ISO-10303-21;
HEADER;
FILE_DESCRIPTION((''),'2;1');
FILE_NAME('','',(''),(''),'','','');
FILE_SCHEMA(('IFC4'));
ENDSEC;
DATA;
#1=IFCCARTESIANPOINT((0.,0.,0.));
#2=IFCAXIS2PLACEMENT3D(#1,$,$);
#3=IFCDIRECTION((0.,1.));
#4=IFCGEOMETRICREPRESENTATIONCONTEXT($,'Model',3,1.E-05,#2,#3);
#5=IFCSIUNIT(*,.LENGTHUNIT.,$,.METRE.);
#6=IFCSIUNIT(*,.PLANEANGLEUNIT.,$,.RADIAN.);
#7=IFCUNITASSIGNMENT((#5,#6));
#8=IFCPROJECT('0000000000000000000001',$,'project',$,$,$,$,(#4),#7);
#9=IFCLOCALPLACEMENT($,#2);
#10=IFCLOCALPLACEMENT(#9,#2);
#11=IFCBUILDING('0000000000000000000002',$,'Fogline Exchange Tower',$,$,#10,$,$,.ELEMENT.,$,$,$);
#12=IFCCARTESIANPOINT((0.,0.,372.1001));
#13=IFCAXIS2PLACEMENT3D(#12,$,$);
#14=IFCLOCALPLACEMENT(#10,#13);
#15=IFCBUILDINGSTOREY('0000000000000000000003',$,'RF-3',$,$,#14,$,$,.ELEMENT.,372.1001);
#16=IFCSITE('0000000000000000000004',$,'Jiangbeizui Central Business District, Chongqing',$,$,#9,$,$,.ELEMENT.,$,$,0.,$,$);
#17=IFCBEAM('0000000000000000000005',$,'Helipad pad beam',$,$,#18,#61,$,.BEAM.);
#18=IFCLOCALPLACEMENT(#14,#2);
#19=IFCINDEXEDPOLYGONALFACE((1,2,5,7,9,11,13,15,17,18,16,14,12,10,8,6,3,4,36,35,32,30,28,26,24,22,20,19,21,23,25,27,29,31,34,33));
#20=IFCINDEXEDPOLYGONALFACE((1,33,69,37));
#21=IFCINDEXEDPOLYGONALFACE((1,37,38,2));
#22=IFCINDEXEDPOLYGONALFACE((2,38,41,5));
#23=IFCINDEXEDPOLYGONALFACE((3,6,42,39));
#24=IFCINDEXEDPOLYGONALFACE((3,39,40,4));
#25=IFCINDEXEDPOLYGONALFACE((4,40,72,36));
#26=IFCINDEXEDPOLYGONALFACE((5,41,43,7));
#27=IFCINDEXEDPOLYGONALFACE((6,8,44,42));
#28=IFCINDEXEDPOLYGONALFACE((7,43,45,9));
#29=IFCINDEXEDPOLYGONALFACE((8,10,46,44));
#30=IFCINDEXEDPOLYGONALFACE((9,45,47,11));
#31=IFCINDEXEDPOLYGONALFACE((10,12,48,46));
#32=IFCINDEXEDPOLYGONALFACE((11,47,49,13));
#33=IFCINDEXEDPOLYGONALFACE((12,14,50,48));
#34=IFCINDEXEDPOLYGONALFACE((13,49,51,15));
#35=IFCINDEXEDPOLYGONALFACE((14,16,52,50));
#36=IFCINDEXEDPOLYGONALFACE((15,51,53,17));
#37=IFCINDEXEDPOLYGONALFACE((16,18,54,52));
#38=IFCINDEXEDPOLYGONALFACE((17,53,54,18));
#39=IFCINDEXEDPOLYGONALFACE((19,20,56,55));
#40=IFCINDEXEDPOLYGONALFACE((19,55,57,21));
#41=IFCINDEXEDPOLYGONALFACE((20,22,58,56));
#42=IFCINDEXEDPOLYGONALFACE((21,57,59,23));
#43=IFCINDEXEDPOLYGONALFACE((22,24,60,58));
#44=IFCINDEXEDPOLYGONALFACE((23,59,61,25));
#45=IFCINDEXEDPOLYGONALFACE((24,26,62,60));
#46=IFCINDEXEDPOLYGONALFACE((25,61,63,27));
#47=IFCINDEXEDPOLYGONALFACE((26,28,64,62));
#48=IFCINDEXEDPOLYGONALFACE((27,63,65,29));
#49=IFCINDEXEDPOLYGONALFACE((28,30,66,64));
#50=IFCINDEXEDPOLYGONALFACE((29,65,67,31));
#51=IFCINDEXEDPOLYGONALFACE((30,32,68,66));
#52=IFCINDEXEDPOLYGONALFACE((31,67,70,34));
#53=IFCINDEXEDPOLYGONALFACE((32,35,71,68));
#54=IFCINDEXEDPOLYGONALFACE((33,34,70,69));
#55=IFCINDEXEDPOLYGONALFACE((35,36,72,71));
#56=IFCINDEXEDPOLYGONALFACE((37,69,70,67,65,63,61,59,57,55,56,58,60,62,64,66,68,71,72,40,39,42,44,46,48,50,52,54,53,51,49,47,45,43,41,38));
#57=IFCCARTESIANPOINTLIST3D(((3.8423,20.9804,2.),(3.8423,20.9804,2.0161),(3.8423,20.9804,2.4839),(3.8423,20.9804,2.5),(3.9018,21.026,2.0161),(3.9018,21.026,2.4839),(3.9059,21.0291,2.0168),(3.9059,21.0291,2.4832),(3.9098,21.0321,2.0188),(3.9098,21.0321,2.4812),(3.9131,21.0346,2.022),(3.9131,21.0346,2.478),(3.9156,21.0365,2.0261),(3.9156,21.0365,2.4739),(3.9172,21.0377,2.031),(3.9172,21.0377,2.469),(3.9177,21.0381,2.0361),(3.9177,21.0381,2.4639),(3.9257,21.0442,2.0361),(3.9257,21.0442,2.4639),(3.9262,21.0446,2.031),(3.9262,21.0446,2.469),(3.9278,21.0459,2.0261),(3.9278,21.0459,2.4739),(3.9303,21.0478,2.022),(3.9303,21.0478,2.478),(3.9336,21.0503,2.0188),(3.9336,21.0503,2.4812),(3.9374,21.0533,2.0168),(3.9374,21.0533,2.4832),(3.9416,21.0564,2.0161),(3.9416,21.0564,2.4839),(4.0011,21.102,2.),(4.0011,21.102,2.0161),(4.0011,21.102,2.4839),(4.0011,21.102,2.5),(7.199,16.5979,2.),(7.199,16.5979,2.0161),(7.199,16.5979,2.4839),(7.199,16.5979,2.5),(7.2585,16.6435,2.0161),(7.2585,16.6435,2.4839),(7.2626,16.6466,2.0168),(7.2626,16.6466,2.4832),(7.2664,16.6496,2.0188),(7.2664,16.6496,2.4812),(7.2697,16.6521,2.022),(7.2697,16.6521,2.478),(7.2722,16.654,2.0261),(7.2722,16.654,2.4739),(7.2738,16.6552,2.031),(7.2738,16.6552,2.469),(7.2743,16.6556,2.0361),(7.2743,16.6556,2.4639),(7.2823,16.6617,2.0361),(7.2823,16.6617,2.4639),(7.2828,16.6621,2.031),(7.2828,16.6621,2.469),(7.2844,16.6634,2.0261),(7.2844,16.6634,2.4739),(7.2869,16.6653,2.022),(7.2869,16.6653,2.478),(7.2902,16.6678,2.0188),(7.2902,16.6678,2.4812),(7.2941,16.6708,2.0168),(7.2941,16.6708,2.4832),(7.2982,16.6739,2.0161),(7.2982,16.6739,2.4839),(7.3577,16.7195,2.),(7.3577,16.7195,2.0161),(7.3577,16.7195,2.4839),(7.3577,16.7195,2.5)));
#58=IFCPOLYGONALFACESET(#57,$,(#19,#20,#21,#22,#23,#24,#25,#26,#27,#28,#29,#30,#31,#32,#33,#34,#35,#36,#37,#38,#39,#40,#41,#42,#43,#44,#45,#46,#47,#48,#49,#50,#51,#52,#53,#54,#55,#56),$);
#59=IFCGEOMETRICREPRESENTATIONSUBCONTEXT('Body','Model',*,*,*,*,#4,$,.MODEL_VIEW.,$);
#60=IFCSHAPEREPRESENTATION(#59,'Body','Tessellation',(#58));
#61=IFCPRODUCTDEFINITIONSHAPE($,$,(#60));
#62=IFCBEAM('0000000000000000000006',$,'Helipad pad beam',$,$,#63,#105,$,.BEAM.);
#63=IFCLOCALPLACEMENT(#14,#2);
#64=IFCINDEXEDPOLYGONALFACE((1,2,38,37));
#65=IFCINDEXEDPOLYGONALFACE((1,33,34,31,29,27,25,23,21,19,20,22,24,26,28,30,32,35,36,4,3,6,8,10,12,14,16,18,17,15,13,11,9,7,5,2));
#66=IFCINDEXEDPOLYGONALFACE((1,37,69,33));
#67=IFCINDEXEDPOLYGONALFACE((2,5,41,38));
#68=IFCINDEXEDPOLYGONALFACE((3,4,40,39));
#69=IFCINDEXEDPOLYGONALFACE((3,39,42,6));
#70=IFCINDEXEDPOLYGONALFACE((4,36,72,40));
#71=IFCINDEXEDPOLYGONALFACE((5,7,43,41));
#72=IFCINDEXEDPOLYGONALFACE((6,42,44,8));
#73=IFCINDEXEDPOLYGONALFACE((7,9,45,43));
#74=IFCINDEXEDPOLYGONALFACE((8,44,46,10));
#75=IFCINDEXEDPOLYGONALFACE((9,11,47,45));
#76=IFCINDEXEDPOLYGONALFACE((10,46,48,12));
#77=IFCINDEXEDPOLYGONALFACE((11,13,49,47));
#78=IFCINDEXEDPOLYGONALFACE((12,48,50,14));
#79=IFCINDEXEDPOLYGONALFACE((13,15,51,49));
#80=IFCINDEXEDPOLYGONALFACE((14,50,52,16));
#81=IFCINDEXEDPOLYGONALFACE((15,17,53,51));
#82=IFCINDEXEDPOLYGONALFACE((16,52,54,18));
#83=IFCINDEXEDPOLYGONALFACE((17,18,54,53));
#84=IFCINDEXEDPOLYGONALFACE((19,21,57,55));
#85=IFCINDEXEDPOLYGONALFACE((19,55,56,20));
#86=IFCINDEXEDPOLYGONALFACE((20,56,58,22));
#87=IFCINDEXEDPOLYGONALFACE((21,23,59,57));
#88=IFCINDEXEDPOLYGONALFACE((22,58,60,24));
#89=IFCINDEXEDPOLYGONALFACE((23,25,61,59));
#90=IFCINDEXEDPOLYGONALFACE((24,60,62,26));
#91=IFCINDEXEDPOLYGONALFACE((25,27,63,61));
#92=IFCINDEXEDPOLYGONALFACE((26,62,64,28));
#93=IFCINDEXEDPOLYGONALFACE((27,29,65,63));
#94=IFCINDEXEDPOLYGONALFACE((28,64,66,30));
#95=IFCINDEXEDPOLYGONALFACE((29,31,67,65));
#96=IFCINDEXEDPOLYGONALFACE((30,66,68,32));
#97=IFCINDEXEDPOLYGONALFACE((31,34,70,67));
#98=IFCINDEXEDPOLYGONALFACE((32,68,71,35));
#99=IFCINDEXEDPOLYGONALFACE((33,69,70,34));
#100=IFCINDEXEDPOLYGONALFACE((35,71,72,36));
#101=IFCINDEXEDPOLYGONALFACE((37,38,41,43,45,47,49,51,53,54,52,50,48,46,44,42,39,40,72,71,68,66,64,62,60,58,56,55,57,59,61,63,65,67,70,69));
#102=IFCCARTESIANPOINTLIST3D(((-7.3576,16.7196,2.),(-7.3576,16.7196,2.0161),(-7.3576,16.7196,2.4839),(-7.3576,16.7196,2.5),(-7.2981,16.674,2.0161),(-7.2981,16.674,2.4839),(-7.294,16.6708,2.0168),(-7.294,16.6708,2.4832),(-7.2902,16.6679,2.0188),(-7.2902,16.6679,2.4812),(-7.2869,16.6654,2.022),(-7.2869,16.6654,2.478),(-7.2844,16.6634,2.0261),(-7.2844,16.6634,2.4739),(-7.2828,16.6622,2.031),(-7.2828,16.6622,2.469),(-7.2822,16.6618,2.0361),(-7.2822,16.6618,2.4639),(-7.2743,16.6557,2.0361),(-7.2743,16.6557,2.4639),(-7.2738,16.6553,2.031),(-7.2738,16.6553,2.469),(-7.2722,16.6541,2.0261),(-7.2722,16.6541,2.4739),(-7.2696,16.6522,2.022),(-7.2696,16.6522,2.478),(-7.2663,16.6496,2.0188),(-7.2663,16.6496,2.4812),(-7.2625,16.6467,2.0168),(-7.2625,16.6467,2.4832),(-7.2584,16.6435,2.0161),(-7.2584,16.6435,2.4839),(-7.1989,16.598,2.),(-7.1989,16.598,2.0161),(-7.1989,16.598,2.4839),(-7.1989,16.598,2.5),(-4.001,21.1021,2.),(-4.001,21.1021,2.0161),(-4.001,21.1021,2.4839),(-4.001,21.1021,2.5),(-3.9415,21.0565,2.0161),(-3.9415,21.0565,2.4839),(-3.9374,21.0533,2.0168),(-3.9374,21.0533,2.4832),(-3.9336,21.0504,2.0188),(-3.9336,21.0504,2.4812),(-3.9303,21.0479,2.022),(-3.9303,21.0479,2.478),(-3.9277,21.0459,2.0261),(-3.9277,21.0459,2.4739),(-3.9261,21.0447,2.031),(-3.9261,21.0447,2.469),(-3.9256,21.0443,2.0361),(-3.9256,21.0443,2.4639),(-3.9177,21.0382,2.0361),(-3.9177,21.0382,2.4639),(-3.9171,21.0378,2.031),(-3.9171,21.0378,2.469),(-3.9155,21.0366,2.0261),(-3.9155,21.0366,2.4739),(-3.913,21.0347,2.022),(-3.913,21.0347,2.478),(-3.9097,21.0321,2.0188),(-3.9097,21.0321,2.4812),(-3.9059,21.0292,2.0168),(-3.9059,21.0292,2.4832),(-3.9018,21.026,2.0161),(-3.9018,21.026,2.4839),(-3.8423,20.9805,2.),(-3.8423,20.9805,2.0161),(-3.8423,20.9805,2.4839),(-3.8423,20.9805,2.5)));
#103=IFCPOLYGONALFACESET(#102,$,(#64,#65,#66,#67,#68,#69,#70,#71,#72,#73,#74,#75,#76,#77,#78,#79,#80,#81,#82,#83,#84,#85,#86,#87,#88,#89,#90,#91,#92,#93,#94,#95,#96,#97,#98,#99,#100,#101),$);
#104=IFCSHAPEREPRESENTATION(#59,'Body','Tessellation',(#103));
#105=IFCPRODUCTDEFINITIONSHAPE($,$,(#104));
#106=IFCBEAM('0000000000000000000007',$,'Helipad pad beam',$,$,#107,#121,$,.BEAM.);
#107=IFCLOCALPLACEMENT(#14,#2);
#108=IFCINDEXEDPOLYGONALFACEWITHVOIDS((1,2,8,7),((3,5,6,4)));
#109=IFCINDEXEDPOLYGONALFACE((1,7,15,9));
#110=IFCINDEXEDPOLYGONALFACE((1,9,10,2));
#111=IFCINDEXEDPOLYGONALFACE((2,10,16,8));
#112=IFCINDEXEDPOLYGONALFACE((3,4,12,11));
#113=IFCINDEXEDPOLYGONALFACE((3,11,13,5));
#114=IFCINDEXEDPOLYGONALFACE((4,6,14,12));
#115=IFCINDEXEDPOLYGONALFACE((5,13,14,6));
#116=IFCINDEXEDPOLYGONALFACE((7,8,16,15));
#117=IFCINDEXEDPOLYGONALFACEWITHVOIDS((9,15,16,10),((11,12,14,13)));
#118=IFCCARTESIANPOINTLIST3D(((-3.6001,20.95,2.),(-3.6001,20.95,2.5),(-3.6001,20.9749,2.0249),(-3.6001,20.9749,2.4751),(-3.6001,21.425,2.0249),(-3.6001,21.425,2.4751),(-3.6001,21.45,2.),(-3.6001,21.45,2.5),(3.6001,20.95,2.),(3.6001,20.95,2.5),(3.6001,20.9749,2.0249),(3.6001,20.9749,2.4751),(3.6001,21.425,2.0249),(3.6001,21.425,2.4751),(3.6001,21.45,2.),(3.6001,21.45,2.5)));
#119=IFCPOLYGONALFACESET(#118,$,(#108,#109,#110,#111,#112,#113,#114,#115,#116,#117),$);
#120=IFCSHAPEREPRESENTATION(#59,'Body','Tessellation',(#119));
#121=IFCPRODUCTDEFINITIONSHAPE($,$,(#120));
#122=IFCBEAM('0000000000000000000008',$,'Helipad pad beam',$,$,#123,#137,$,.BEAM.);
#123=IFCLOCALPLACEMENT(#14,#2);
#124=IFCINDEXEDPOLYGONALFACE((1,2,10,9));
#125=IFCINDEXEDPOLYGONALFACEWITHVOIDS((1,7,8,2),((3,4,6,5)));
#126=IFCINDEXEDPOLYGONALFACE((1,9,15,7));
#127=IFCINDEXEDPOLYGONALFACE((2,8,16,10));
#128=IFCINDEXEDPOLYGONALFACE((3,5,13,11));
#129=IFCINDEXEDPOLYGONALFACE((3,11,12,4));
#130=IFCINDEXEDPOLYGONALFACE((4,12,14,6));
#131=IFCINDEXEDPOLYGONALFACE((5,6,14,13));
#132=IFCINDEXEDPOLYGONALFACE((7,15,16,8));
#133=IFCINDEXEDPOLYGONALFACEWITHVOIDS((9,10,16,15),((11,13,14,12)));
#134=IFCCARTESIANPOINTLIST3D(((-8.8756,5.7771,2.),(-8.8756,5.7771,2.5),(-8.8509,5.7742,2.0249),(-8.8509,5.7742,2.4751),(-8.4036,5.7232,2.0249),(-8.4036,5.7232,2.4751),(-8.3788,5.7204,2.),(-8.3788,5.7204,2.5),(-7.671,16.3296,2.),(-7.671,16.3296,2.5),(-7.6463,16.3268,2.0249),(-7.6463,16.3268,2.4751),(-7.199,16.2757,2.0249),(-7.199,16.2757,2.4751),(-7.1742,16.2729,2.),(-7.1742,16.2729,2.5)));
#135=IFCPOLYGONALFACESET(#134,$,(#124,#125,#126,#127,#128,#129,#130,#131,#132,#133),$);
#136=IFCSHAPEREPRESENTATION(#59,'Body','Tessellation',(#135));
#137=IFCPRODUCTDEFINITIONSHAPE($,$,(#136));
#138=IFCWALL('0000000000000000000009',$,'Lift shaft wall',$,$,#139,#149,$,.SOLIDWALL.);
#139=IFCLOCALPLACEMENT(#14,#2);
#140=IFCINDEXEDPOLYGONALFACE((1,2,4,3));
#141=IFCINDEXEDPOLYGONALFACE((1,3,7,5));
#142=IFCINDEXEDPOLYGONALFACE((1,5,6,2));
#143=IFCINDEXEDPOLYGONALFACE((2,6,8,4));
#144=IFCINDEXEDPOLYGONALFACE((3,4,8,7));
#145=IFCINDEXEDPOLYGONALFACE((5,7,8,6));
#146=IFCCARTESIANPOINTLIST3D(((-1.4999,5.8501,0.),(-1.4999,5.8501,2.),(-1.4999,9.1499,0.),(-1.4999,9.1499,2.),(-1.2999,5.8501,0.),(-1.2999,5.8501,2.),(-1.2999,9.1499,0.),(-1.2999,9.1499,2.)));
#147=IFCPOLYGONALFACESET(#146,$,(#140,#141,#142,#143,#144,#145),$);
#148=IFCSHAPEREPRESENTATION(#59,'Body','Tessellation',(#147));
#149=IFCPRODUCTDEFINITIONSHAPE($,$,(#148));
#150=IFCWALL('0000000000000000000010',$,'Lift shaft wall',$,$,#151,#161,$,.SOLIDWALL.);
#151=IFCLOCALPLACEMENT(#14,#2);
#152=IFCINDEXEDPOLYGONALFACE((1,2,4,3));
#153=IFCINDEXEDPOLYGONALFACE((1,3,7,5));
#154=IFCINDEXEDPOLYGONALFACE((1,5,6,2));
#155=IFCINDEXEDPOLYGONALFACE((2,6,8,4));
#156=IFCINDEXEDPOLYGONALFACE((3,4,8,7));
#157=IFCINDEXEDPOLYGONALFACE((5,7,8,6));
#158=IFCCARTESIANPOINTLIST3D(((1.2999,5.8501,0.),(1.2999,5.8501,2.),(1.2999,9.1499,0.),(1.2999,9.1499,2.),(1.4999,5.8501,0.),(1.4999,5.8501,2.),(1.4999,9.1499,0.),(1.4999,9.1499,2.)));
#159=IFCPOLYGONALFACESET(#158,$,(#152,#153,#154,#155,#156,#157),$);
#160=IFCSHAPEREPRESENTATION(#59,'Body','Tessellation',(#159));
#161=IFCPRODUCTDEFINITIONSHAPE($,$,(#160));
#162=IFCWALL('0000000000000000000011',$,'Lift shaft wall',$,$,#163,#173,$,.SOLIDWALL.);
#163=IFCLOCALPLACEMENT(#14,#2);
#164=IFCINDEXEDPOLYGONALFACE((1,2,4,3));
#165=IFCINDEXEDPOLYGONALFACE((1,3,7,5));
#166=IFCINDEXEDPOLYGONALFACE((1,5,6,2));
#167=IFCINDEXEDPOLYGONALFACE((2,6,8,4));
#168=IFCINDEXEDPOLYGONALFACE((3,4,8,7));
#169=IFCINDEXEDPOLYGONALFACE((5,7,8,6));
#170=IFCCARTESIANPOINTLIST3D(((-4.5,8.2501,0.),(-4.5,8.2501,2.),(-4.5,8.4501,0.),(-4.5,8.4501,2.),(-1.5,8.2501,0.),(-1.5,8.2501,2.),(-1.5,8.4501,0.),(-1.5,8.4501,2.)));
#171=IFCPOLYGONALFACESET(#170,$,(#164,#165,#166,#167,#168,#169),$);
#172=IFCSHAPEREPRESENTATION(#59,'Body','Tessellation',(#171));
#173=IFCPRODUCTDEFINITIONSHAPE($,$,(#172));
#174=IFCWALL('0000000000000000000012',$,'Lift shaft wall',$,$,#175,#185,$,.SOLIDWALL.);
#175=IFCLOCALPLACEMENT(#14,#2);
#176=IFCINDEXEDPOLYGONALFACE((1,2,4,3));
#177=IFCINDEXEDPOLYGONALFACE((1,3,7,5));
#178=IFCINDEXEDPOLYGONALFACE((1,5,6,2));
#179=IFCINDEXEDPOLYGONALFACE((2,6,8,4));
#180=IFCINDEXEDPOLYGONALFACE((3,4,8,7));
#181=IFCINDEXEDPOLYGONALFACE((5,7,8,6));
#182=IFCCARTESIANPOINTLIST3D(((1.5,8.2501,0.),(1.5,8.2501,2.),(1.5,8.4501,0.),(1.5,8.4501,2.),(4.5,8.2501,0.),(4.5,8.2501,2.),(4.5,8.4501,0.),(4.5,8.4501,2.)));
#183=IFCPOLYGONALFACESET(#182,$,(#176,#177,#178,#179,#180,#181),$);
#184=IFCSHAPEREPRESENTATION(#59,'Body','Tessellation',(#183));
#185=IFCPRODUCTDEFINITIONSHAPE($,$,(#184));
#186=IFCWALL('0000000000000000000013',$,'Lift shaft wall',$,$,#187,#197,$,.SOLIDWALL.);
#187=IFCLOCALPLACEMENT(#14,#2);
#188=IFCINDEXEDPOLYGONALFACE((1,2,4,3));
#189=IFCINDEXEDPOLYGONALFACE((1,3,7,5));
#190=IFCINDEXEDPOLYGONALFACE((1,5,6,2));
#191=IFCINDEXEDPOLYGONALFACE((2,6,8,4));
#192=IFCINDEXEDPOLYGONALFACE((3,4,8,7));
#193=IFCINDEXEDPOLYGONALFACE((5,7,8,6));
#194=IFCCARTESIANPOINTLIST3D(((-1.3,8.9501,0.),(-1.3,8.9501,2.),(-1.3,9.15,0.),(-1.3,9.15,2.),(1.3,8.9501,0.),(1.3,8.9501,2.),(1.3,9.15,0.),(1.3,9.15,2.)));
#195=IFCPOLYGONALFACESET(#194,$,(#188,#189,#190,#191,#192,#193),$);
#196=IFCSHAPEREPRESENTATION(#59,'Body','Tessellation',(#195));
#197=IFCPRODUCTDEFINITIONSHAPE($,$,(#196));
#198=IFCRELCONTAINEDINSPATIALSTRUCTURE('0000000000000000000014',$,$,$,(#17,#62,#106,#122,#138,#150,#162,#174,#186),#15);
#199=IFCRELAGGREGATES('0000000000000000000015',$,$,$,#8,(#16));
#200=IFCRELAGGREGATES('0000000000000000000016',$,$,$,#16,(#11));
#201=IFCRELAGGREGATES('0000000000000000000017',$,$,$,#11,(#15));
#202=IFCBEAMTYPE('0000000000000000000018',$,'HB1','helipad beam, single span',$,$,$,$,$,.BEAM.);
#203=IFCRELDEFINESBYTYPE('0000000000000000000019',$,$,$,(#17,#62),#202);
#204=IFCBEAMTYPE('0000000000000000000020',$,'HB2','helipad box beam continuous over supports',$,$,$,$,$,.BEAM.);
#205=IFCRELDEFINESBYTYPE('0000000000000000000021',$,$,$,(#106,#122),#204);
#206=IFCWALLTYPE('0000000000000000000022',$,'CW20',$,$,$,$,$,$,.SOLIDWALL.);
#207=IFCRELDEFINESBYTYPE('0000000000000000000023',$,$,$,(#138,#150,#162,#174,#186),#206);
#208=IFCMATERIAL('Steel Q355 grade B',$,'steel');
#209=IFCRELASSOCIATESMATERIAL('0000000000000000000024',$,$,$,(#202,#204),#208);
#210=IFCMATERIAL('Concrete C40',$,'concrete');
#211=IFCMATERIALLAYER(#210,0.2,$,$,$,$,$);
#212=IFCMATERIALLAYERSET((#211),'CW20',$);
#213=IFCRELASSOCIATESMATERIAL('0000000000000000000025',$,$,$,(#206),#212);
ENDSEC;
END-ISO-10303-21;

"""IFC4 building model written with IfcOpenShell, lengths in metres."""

from ifc_helpers import new_model, si_unit, direction, frame, frame_2d, origin, origin_2d, place, context, subcontext, project, spatial, rectangle, hollow_rectangle, i_section, extrude, material, layer, layer_set, material_profile, profile_set, type_object, element, save


model = new_model("IFC4")

# Units and contexts
model_context = context("Model", 3, precision=1e-05, world=origin(), true_north=direction((0.0, 1.0)))
body_context = subcontext(model_context, "Body", "Model", "MODEL_VIEW")
ifc_project = project(units=[si_unit("LENGTHUNIT", "METRE"), si_unit("PLANEANGLEUNIT", "RADIAN")], contexts=[model_context])

# Site, building, storey
site_placement = place(None, origin())
site = spatial("IfcSite", under=ifc_project, at=site_placement, Name="Jiangbeizui Central Business District, Chongqing", CompositionType="ELEMENT", RefElevation=0.0)
building_placement = place(site_placement, origin())
building = spatial("IfcBuilding", under=site, at=building_placement, Name="Fogline Exchange Tower", CompositionType="ELEMENT")
storey_placement = place(building_placement, frame((0.0, 0.0, 372.1001)))
storey = spatial("IfcBuildingStorey", under=building, at=storey_placement, Name="RF-3", CompositionType="ELEMENT", Elevation=372.1001)

# Beams
ifc_material_1 = material(Name="Steel Q355 grade B", Category="steel")
ifc_material_profile_1 = material_profile(ifc_material_1, i_section(OverallWidth=0.2, OverallDepth=0.5, WebThickness=0.01, FlangeThickness=0.0161, FilletRadius=0.02, at=origin_2d()), Name="HN500X200X10X16")
ifc_profile_set_1 = profile_set([ifc_material_profile_1], Name="Steel Q355 grade B")
beam_type_1 = type_object("IfcBeamType", Name="HB1", Description="helipad beam, single span", PredefinedType="BEAM", material=ifc_profile_set_1)
for number, where, z_axis, x_axis, name in (
    (1, (7.2783, 16.6587, 2.25), (-0.608057, 0.793893, 0.0), (-0.793893, -0.608057, 0.0), "Helipad pad beam"),
    (2, (-3.9216, 21.0413, 2.25), (-0.608057, -0.793893, 0.0), (0.793893, -0.608057, 0.0), "Helipad pad beam"),
):
    element("IfcBeam", number, at=place(storey_placement, frame(where, z_axis=z_axis, x_axis=x_axis)), inside=storey, type_object=beam_type_1, Name=name, PredefinedType="BEAM", context=body_context, shape_type="SweptSolid", body=[
        extrude(i_section(OverallWidth=0.2, OverallDepth=0.5, WebThickness=0.01, FlangeThickness=0.0161, FilletRadius=0.02, at=origin_2d()), origin(), (0.0, 0.0, 1.0), 5.5203),
    ])
ifc_material_profile_2 = material_profile(ifc_material_1, hollow_rectangle(XDim=0.5, YDim=0.5, WallThickness=0.0249, at=origin_2d()), Name="BOX500X500X25")
ifc_profile_set_2 = profile_set([ifc_material_profile_2], Name="Steel Q355 grade B")
beam_type_2 = type_object("IfcBeamType", Name="HB2", Description="helipad box beam continuous over supports", PredefinedType="BEAM", material=ifc_profile_set_2)
beam_1_placement = place(storey_placement, frame((3.6001, 21.2, 2.25), z_axis=(-1.0, 0.0, 0.0), x_axis=(0.0, -1.0, 0.0)))
element("IfcBeam", 3, at=beam_1_placement, inside=storey, type_object=beam_type_2, Name="Helipad pad beam", PredefinedType="BEAM", context=body_context, shape_type="SweptSolid", body=[
    extrude(hollow_rectangle(XDim=0.5, YDim=0.5, WallThickness=0.0249, at=origin_2d()), origin(), (0.0, 0.0, 1.0), 7.2002),
])
beam_2_placement = place(storey_placement, frame((-7.4226, 16.3013, 2.25), z_axis=(-0.113416, -0.993548, 0.0), x_axis=(0.993548, -0.113416, 0.0)))
element("IfcBeam", 4, at=beam_2_placement, inside=storey, type_object=beam_type_2, Name="Helipad pad beam", PredefinedType="BEAM", context=body_context, shape_type="SweptSolid", body=[
    extrude(hollow_rectangle(XDim=0.5, YDim=0.5, WallThickness=0.0249, at=origin_2d()), origin(), (0.0, 0.0, 1.0), 10.6211),
])

# Walls
ifc_material_2 = material(Name="Concrete C40", Category="concrete")
ifc_layer_1 = layer(ifc_material_2, 0.2)
ifc_layer_set_1 = layer_set([ifc_layer_1], Name="CW20")
wall_type_1 = type_object("IfcWallType", Name="CW20", PredefinedType="SOLIDWALL", material=ifc_layer_set_1)
for number, where, z_axis, x_axis, name in (
    (5, (-1.3999, 5.8501, 0.0), (0.0, 0.0, 1.0), (0.0, 1.0, 0.0), "Lift shaft wall"),
    (6, (1.3999, 5.8501, 0.0), (0.0, 0.0, 1.0), (0.0, 1.0, 0.0), "Lift shaft wall"),
):
    element("IfcWall", number, at=place(storey_placement, frame(where, z_axis=z_axis, x_axis=x_axis)), inside=storey, type_object=wall_type_1, Name=name, PredefinedType="SOLIDWALL", context=body_context, shape_type="SweptSolid", body=[
        extrude(rectangle(XDim=3.2998, YDim=0.2, at=frame_2d((1.6499, 0.0))), origin(), (0.0, 0.0, 1.0), 2.0),
    ])
for number, where, z_axis, x_axis, name in (
    (7, (-4.5, 8.3501, 0.0), (0.0, 0.0, 1.0), (1.0, 0.0, 0.0), "Lift shaft wall"),
    (8, (1.5, 8.3501, 0.0), (0.0, 0.0, 1.0), (1.0, 0.0, 0.0), "Lift shaft wall"),
):
    element("IfcWall", number, at=place(storey_placement, frame(where, z_axis=z_axis, x_axis=x_axis)), inside=storey, type_object=wall_type_1, Name=name, PredefinedType="SOLIDWALL", context=body_context, shape_type="SweptSolid", body=[
        extrude(rectangle(XDim=3.0, YDim=0.2, at=frame_2d((1.5, 0.0))), origin(), (0.0, 0.0, 1.0), 2.0),
    ])
wall_1_placement = place(storey_placement, frame((-1.3, 9.05, 0.0), z_axis=(0.0, 0.0, 1.0), x_axis=(1.0, 0.0, 0.0)))
element("IfcWall", 9, at=wall_1_placement, inside=storey, type_object=wall_type_1, Name="Lift shaft wall", PredefinedType="SOLIDWALL", context=body_context, shape_type="SweptSolid", body=[
    extrude(rectangle(XDim=2.6001, YDim=0.2, at=frame_2d((1.3, 0.0))), origin(), (0.0, 0.0, 1.0), 2.0),
])

save(model, "model.ifc")
